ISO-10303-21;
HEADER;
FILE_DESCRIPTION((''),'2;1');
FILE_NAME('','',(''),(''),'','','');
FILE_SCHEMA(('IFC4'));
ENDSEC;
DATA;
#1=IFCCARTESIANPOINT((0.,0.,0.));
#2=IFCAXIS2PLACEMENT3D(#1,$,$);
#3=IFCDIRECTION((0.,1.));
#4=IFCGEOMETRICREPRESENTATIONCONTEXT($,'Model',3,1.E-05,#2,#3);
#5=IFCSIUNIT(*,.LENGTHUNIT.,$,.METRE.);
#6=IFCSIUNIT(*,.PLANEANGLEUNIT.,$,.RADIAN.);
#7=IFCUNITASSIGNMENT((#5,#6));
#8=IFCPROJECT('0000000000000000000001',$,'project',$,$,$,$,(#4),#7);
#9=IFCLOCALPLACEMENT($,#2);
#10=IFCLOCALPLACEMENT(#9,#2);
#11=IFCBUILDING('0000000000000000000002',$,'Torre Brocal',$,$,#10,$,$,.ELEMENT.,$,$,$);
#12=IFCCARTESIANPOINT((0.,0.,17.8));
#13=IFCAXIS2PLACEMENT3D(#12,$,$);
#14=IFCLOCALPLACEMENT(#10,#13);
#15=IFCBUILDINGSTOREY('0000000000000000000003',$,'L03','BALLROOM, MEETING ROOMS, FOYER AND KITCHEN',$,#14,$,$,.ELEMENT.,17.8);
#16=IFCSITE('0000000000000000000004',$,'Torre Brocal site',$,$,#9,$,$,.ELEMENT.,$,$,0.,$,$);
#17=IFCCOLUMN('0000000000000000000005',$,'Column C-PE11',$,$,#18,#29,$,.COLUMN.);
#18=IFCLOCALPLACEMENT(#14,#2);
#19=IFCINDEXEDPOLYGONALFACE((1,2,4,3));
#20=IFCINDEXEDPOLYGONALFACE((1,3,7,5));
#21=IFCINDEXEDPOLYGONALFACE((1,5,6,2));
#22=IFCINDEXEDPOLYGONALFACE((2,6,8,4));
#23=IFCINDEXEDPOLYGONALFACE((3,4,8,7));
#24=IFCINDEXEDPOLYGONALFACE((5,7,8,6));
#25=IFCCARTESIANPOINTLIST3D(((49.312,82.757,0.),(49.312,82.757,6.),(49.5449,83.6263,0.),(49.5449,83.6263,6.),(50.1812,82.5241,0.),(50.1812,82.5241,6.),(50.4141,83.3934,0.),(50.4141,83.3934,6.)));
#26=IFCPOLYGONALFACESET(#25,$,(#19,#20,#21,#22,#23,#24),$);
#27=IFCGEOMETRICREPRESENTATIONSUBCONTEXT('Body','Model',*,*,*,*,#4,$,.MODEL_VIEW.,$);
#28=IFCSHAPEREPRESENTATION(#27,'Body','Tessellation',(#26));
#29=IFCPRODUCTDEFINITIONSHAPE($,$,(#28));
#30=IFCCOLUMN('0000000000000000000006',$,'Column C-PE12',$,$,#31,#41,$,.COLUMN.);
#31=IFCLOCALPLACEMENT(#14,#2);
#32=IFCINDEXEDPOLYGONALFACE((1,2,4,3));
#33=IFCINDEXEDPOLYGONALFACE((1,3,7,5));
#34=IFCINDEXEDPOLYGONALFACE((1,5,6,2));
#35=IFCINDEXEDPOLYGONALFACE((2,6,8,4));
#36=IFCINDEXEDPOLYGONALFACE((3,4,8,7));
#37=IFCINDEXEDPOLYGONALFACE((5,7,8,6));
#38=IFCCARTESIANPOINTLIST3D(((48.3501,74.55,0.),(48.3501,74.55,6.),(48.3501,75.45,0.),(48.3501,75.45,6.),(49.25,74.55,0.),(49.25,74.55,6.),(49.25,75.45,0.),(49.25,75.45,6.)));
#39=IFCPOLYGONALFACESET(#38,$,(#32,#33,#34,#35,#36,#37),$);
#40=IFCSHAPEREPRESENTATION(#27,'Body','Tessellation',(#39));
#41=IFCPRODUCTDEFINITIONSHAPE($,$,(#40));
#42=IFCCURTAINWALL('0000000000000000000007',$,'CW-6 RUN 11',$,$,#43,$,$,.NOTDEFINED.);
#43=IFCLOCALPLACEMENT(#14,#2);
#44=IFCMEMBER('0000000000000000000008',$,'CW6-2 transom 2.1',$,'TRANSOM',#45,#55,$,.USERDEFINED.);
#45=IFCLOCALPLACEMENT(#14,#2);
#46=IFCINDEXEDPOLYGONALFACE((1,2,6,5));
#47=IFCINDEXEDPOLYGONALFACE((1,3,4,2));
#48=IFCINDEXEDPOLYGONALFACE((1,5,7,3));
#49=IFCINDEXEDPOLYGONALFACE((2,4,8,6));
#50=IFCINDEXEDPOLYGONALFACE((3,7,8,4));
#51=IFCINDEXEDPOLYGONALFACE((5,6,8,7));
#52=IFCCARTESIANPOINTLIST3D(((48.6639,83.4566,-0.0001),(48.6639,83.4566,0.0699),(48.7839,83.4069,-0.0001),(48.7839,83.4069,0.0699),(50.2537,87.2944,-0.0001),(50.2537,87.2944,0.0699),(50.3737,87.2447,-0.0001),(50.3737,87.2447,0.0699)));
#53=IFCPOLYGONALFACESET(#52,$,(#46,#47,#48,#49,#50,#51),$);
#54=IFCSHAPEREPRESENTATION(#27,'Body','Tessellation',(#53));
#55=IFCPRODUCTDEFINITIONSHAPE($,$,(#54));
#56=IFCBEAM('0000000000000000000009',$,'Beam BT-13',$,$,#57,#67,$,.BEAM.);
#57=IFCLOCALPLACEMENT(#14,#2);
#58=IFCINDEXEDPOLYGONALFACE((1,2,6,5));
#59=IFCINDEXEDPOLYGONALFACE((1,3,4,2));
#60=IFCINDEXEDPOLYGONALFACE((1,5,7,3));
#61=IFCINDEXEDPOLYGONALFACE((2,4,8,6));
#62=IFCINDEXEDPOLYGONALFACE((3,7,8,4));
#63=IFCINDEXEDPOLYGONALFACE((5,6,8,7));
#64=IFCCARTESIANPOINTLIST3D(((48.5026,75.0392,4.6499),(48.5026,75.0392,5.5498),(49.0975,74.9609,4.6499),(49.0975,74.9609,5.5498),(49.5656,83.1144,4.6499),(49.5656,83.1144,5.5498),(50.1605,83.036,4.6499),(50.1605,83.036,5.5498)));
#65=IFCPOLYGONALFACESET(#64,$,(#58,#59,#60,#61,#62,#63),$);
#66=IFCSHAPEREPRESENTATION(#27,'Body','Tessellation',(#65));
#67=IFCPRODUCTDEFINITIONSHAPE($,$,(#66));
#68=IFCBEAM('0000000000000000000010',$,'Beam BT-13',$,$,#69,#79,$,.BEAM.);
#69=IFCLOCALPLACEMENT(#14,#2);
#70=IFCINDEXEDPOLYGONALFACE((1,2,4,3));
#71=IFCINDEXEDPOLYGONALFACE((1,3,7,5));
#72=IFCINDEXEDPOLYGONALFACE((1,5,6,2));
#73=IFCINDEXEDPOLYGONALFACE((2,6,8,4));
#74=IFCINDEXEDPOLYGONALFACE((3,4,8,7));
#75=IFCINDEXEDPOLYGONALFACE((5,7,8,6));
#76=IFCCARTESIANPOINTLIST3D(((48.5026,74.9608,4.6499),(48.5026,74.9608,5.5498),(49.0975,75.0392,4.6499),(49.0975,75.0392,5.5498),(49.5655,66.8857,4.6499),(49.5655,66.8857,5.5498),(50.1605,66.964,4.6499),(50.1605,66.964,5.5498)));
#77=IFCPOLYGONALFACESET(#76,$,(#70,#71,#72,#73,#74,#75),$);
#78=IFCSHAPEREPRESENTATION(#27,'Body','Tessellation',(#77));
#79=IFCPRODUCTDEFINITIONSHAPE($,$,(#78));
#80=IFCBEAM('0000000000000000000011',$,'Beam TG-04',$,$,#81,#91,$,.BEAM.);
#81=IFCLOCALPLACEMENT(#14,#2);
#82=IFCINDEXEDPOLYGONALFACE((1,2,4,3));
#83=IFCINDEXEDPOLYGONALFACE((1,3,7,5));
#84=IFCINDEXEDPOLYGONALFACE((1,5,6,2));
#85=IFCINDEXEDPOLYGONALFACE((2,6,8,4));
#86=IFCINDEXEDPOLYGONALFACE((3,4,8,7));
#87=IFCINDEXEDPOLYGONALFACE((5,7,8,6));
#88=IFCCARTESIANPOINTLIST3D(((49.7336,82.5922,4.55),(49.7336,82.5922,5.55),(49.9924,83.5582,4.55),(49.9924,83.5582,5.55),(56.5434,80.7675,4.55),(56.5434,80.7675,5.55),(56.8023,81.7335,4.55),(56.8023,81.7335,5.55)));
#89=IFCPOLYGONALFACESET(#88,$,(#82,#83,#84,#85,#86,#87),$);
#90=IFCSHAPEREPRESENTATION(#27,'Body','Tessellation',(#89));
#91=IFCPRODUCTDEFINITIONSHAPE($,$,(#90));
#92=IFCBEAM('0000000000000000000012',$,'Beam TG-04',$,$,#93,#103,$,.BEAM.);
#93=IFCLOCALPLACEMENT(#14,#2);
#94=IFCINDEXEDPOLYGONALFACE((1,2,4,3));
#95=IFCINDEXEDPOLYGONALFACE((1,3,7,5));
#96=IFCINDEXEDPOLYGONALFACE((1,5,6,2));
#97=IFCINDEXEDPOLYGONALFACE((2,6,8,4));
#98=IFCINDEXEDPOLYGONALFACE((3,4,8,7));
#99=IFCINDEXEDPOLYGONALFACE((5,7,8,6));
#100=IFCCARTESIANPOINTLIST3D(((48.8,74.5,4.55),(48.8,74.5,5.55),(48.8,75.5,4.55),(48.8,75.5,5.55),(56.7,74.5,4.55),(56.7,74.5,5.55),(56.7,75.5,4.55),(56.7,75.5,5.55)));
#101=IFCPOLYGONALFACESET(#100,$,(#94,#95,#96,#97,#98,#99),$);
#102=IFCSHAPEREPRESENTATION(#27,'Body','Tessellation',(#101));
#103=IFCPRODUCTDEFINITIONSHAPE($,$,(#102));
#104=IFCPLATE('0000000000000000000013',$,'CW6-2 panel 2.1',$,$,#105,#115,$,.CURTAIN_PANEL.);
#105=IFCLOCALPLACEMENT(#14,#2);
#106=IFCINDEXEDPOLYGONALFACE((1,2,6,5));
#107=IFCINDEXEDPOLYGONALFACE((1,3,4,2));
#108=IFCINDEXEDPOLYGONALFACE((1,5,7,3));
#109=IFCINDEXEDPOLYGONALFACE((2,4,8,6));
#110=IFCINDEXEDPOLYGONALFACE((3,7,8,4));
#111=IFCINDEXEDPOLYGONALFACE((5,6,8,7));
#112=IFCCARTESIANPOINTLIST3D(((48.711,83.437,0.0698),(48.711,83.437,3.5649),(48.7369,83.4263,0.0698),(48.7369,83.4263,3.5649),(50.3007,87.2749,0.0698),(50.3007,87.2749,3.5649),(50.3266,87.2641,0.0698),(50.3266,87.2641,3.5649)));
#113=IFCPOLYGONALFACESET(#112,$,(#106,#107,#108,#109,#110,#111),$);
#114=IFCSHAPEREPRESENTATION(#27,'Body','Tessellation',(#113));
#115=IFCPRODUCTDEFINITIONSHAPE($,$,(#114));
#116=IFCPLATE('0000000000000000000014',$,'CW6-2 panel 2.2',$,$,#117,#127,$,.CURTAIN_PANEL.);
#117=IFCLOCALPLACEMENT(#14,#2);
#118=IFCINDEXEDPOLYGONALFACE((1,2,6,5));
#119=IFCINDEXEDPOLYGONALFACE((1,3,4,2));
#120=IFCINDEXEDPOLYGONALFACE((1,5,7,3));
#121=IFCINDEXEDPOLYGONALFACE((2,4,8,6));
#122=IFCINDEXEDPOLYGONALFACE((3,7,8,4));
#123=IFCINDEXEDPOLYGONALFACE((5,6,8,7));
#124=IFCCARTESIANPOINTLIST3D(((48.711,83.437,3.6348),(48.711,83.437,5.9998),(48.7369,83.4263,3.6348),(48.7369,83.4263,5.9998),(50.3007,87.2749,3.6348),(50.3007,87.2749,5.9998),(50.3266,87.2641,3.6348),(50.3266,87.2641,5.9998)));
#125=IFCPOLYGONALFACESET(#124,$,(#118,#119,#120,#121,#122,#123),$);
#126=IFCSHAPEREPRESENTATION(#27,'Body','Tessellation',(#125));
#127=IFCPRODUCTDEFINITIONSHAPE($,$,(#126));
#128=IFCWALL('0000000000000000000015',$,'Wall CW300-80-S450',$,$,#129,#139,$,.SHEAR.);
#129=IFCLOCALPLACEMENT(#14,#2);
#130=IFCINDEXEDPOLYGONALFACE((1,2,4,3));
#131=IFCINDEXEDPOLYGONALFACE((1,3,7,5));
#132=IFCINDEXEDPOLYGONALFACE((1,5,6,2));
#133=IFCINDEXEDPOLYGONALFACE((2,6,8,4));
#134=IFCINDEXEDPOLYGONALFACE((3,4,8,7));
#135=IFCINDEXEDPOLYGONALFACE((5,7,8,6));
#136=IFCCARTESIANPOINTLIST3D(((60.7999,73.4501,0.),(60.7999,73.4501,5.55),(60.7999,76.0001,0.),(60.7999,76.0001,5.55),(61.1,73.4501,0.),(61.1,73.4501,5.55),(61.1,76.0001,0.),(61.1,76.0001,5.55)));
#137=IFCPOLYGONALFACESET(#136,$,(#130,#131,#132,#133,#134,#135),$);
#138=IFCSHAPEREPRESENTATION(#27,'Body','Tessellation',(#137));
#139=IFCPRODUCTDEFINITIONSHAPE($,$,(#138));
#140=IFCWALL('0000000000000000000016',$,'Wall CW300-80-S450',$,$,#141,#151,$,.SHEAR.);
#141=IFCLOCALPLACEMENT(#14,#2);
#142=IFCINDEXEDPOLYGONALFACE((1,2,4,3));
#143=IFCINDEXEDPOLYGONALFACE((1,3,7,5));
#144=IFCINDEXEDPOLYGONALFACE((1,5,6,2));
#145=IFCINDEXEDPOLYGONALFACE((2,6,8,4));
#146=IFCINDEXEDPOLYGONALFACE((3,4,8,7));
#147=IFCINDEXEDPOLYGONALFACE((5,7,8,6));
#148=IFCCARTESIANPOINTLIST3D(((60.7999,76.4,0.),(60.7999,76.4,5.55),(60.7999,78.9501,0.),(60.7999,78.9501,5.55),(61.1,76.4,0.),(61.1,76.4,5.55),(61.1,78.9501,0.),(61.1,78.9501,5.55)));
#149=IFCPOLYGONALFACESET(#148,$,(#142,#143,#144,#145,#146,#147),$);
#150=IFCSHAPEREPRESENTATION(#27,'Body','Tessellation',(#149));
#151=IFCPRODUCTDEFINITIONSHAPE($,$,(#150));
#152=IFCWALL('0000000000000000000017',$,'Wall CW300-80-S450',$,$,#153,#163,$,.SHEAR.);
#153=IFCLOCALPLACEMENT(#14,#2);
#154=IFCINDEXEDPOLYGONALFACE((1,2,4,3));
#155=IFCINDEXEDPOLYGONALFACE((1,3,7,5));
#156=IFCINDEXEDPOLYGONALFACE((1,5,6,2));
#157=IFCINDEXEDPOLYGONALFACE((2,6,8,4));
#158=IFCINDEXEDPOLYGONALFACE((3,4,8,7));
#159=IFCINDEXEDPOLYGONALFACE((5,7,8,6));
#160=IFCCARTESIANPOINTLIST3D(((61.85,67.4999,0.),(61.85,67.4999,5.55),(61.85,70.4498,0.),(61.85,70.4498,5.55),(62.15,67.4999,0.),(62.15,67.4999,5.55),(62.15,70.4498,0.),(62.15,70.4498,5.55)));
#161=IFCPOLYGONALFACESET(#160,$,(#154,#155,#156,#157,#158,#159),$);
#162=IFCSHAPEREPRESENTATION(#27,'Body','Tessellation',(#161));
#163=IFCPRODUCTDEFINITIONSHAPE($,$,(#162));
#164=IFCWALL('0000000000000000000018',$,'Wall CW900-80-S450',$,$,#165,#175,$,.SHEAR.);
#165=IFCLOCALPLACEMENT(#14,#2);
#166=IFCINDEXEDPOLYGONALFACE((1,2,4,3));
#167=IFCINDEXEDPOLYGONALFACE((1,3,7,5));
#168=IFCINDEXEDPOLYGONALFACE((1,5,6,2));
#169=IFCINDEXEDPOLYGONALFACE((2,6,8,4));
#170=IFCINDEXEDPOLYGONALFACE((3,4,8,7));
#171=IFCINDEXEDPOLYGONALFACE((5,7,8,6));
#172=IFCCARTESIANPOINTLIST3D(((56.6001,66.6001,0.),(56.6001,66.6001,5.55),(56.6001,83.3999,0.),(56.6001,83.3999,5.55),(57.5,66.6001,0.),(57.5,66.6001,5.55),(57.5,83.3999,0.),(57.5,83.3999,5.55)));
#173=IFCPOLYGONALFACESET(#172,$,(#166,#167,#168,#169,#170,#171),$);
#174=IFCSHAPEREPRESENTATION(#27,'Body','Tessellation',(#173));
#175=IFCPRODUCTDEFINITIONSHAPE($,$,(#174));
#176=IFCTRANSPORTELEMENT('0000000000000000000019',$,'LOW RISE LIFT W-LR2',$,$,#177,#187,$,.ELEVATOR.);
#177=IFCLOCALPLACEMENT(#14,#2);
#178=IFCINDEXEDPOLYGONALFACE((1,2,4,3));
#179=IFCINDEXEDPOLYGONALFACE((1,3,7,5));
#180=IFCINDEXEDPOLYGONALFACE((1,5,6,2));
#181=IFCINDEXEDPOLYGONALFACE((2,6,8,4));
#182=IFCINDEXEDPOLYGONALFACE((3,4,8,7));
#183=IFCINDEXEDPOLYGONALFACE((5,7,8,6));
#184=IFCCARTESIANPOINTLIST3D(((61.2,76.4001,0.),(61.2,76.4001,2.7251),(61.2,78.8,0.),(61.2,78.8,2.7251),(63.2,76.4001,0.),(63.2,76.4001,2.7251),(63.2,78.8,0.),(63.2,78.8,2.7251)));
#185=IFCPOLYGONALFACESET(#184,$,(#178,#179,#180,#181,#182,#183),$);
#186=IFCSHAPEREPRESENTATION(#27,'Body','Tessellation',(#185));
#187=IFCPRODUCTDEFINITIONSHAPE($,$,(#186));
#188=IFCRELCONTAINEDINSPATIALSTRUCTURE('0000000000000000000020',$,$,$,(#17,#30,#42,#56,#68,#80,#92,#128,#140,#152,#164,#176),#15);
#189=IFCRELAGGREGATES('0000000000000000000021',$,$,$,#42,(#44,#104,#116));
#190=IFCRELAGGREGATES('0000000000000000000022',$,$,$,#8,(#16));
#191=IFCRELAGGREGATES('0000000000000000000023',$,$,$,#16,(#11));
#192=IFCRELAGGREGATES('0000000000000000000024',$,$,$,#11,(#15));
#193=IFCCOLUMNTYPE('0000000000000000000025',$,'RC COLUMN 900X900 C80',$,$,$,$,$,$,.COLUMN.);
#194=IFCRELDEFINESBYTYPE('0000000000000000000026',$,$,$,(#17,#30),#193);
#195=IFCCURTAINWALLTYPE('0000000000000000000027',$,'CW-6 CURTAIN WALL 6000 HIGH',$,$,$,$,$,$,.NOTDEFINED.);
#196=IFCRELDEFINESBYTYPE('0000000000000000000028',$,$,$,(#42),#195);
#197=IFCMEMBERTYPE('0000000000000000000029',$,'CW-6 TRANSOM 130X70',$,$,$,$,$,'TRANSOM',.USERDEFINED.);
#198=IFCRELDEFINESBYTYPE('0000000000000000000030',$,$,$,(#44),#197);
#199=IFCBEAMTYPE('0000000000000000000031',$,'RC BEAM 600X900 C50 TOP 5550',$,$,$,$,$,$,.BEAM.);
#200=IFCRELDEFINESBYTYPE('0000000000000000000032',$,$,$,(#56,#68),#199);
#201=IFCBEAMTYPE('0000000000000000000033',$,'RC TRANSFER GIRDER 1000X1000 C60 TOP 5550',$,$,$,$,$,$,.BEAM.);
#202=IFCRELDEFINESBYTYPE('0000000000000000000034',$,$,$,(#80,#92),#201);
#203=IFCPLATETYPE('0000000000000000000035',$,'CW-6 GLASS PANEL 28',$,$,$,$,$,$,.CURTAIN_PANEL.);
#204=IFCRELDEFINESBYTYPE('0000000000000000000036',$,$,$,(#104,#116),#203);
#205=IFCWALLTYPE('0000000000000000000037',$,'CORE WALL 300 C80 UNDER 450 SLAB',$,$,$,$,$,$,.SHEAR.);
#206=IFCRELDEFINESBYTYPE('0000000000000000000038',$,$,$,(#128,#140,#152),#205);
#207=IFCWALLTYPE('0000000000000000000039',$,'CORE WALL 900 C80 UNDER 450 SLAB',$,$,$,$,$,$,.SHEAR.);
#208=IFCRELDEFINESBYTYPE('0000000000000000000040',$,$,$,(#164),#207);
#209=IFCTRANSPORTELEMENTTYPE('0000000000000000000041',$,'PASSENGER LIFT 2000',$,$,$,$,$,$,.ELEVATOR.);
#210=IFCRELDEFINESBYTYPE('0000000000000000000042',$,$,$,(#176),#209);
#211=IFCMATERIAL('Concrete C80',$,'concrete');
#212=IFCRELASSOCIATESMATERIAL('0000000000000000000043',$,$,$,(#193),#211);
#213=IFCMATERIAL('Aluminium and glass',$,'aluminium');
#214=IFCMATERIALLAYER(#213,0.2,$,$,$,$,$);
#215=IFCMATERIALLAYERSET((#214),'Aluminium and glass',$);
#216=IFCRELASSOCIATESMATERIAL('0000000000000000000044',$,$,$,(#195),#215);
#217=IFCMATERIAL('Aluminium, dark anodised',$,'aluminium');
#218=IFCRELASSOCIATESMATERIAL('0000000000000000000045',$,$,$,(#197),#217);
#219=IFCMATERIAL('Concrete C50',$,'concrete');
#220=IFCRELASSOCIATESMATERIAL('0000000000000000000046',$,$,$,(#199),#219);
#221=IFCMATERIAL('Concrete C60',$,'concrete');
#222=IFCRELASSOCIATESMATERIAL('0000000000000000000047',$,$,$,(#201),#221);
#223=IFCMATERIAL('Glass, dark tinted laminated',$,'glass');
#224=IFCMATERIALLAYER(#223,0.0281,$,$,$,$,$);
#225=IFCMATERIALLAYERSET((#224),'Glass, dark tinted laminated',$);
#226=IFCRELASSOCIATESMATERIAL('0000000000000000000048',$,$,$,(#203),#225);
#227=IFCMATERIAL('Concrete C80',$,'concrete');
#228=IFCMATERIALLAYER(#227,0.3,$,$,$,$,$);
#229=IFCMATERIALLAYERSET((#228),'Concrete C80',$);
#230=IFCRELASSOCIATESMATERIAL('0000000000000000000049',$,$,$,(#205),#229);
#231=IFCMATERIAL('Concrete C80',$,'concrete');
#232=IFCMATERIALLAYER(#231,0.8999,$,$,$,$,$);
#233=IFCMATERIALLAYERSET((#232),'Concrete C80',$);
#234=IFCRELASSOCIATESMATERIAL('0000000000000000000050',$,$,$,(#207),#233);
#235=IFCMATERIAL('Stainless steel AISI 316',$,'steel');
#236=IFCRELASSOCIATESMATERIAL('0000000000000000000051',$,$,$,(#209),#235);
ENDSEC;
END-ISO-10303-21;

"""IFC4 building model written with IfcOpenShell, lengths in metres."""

from ifc_helpers import new_model, si_unit, direction, frame, frame_2d, origin, origin_2d, place, context, subcontext, project, spatial, rectangle, extrude, material, layer, layer_set, material_profile, profile_set, type_object, element, aggregate, save


model = new_model("IFC4")

# Units and contexts
model_context = context("Model", 3, precision=1e-05, world=origin(), true_north=direction((0.0, 1.0)))
body_context = subcontext(model_context, "Body", "Model", "MODEL_VIEW")
ifc_project = project(units=[si_unit("LENGTHUNIT", "METRE"), si_unit("PLANEANGLEUNIT", "RADIAN")], contexts=[model_context])

# Site, building, storey
site_placement = place(None, origin())
site = spatial("IfcSite", under=ifc_project, at=site_placement, Name="Torre Brocal site", CompositionType="ELEMENT", RefElevation=0.0)
building_placement = place(site_placement, origin())
building = spatial("IfcBuilding", under=site, at=building_placement, Name="Torre Brocal", CompositionType="ELEMENT")
storey_placement = place(building_placement, frame((0.0, 0.0, 17.8)))
storey = spatial("IfcBuildingStorey", under=building, at=storey_placement, Name="L03", Description="BALLROOM, MEETING ROOMS, FOYER AND KITCHEN", CompositionType="ELEMENT", Elevation=17.8)

# Columns
ifc_material_1 = material(Name="Concrete C80", Category="concrete")
ifc_material_profile_1 = material_profile(ifc_material_1, rectangle(XDim=0.8999, YDim=0.8999, at=origin_2d()), Name="RC 900X900")
ifc_profile_set_1 = profile_set([ifc_material_profile_1], Name="Concrete C80")
column_type = type_object("IfcColumnType", Name="RC COLUMN 900X900 C80", PredefinedType="COLUMN", material=ifc_profile_set_1)
for number, where, z_axis, x_axis, name in (
    (1, (49.863, 83.0752, 0.0), (0.0, 0.0, 1.0), (-0.965926, 0.258819, 0.0), "Column C-PE11"),
    (2, (48.8, 75.0, 0.0), (0.0, 0.0, 1.0), (-1.0, 0.0, 0.0), "Column C-PE12"),
):
    element("IfcColumn", number, at=place(storey_placement, frame(where, z_axis=z_axis, x_axis=x_axis)), inside=storey, type_object=column_type, Name=name, PredefinedType="COLUMN", context=body_context, shape_type="SweptSolid", body=[
        extrude(rectangle(XDim=0.8999, YDim=0.8999, at=origin_2d()), origin(), (0.0, 0.0, 1.0), 6.0),
    ])

# Curtain wall, member
ifc_material_2 = material(Name="Aluminium and glass", Category="aluminium")
ifc_layer_1 = layer(ifc_material_2, 0.2)
ifc_layer_set_1 = layer_set([ifc_layer_1], Name="Aluminium and glass")
curtain_wall_type = type_object("IfcCurtainWallType", Name="CW-6 CURTAIN WALL 6000 HIGH", PredefinedType="NOTDEFINED", material=ifc_layer_set_1)
curtain_wall_placement = place(storey_placement, origin())
curtain_wall = element("IfcCurtainWall", 3, at=curtain_wall_placement, inside=storey, type_object=curtain_wall_type, Name="CW-6 RUN 11", PredefinedType="NOTDEFINED")
ifc_material_3 = material(Name="Aluminium, dark anodised", Category="aluminium")
ifc_material_profile_2 = material_profile(ifc_material_3, rectangle(XDim=0.1299, YDim=0.0701, at=origin_2d()), Name="CW-6 TRANSOM 130X70")
ifc_profile_set_2 = profile_set([ifc_material_profile_2], Name="Aluminium, dark anodised")
member_type = type_object("IfcMemberType", Name="CW-6 TRANSOM 130X70", ElementType="TRANSOM", PredefinedType="USERDEFINED", material=ifc_profile_set_2)
member_placement = place(storey_placement, frame((50.3137, 87.2695, 0.0349), z_axis=(-0.382712, -0.923868, 0.0), x_axis=(0.923868, -0.382712, 0.0)))
member = element("IfcMember", 4, at=member_placement, type_object=member_type, Name="CW6-2 transom 2.1", ObjectType="TRANSOM", PredefinedType="USERDEFINED", context=body_context, shape_type="SweptSolid", body=[
    extrude(rectangle(XDim=0.1299, YDim=0.0701, at=origin_2d()), origin(), (0.0, 0.0, 1.0), 4.1541),
])

# Beams
ifc_material_4 = material(Name="Concrete C50", Category="concrete")
ifc_material_profile_3 = material_profile(ifc_material_4, rectangle(XDim=0.6001, YDim=0.8999, at=origin_2d()), Name="RC 600X900")
ifc_profile_set_3 = profile_set([ifc_material_profile_3], Name="Concrete C50")
beam_type_1 = type_object("IfcBeamType", Name="RC BEAM 600X900 C50 TOP 5550", PredefinedType="BEAM", material=ifc_profile_set_3)
for number, where, z_axis, x_axis, name in (
    (5, (49.863, 83.0752, 5.0999), (-0.13051, -0.991447, 0.0), (0.991447, -0.13051, 0.0), "Beam BT-13"),
    (6, (48.8, 75.0, 5.0999), (0.13051, -0.991447, 0.0), (0.991447, 0.13051, 0.0), "Beam BT-13"),
):
    element("IfcBeam", number, at=place(storey_placement, frame(where, z_axis=z_axis, x_axis=x_axis)), inside=storey, type_object=beam_type_1, Name=name, PredefinedType="BEAM", context=body_context, shape_type="SweptSolid", body=[
        extrude(rectangle(XDim=0.6001, YDim=0.8999, at=origin_2d()), origin(), (0.0, 0.0, 1.0), 8.1448),
    ])
ifc_material_5 = material(Name="Concrete C60", Category="concrete")
ifc_material_profile_4 = material_profile(ifc_material_5, rectangle(XDim=1.0, YDim=1.0, at=origin_2d()), Name="RC 1000X1000")
ifc_profile_set_4 = profile_set([ifc_material_profile_4], Name="Concrete C60")
beam_type_2 = type_object("IfcBeamType", Name="RC TRANSFER GIRDER 1000X1000 C60 TOP 5550", PredefinedType="BEAM", material=ifc_profile_set_4)
beam_1_placement = place(storey_placement, frame((56.6729, 81.2505, 5.05), z_axis=(-0.965925, 0.258822, 0.0), x_axis=(-0.258822, -0.965925, 0.0)))
element("IfcBeam", 7, at=beam_1_placement, inside=storey, type_object=beam_type_2, Name="Beam TG-04", PredefinedType="BEAM", context=body_context, shape_type="SweptSolid", body=[
    extrude(rectangle(XDim=1.0, YDim=1.0, at=origin_2d()), origin(), (0.0, 0.0, 1.0), 7.05),
])
beam_2_placement = place(storey_placement, frame((56.7, 75.0, 5.05), z_axis=(-1.0, 0.0, 0.0), x_axis=(0.0, -1.0, 0.0)))
element("IfcBeam", 8, at=beam_2_placement, inside=storey, type_object=beam_type_2, Name="Beam TG-04", PredefinedType="BEAM", context=body_context, shape_type="SweptSolid", body=[
    extrude(rectangle(XDim=1.0, YDim=1.0, at=origin_2d()), origin(), (0.0, 0.0, 1.0), 7.8999),
])

# Plates
ifc_material_6 = material(Name="Glass, dark tinted laminated", Category="glass")
ifc_layer_2 = layer(ifc_material_6, 0.0281)
ifc_layer_set_2 = layer_set([ifc_layer_2], Name="Glass, dark tinted laminated")
plate_type = type_object("IfcPlateType", Name="CW-6 GLASS PANEL 28", PredefinedType="CURTAIN_PANEL", material=ifc_layer_set_2)
plate_1_placement = place(storey_placement, frame((49.5188, 85.3506, 0.0698), z_axis=(0.0, 0.0, 1.0), x_axis=(-0.382683, -0.92388, 0.0)))
plate_1 = element("IfcPlate", 9, at=plate_1_placement, type_object=plate_type, Name="CW6-2 panel 2.1", PredefinedType="CURTAIN_PANEL", context=body_context, shape_type="SweptSolid", body=[
    extrude(rectangle(XDim=4.1541, YDim=0.0281, at=origin_2d()), origin(), (0.0, 0.0, 1.0), 3.4951),
])
plate_2_placement = place(storey_placement, frame((49.5188, 85.3506, 3.6348), z_axis=(0.0, 0.0, 1.0), x_axis=(-0.382683, -0.92388, 0.0)))
plate_2 = element("IfcPlate", 10, at=plate_2_placement, type_object=plate_type, Name="CW6-2 panel 2.2", PredefinedType="CURTAIN_PANEL", context=body_context, shape_type="SweptSolid", body=[
    extrude(rectangle(XDim=4.1541, YDim=0.0281, at=origin_2d()), origin(), (0.0, 0.0, 1.0), 2.365),
])
aggregate(curtain_wall, [member, plate_1, plate_2])

# Walls
ifc_material_7 = material(Name="Concrete C80", Category="concrete")
ifc_layer_3 = layer(ifc_material_7, 0.3)
ifc_layer_set_3 = layer_set([ifc_layer_3], Name="Concrete C80")
wall_type_1 = type_object("IfcWallType", Name="CORE WALL 300 C80 UNDER 450 SLAB", PredefinedType="SHEAR", material=ifc_layer_set_3)
for number, where, z_axis, x_axis, name in (
    (11, (60.95, 76.0, 0.0), (0.0, 0.0, 1.0), (0.0, -1.0, 0.0), "Wall CW300-80-S450"),
    (12, (60.95, 78.95, 0.0), (0.0, 0.0, 1.0), (0.0, -1.0, 0.0), "Wall CW300-80-S450"),
):
    element("IfcWall", number, at=place(storey_placement, frame(where, z_axis=z_axis, x_axis=x_axis)), inside=storey, type_object=wall_type_1, Name=name, PredefinedType="SHEAR", context=body_context, shape_type="SweptSolid", body=[
        extrude(rectangle(XDim=2.55, YDim=0.3, at=frame_2d((1.2749, 0.0))), origin(), (0.0, 0.0, 1.0), 5.55),
    ])
wall_1_placement = place(storey_placement, frame((62.0, 70.45, 0.0), z_axis=(0.0, 0.0, 1.0), x_axis=(0.0, -1.0, 0.0)))
element("IfcWall", 13, at=wall_1_placement, inside=storey, type_object=wall_type_1, Name="Wall CW300-80-S450", PredefinedType="SHEAR", context=body_context, shape_type="SweptSolid", body=[
    extrude(rectangle(XDim=2.95, YDim=0.3, at=frame_2d((1.4751, 0.0))), origin(), (0.0, 0.0, 1.0), 5.55),
])
ifc_material_8 = material(Name="Concrete C80", Category="concrete")
ifc_layer_4 = layer(ifc_material_8, 0.8999)
ifc_layer_set_4 = layer_set([ifc_layer_4], Name="Concrete C80")
wall_type_2 = type_object("IfcWallType", Name="CORE WALL 900 C80 UNDER 450 SLAB", PredefinedType="SHEAR", material=ifc_layer_set_4)
wall_2_placement = place(storey_placement, frame((57.05, 83.3999, 0.0), z_axis=(0.0, 0.0, 1.0), x_axis=(0.0, -1.0, 0.0)))
element("IfcWall", 14, at=wall_2_placement, inside=storey, type_object=wall_type_2, Name="Wall CW900-80-S450", PredefinedType="SHEAR", context=body_context, shape_type="SweptSolid", body=[
    extrude(rectangle(XDim=16.7998, YDim=0.8999, at=frame_2d((8.3999, 0.0))), origin(), (0.0, 0.0, 1.0), 5.55),
])

# Transport element
ifc_material_9 = material(Name="Stainless steel AISI 316", Category="steel")
transport_element_type_1 = type_object("IfcTransportElementType", Name="PASSENGER LIFT 2000", PredefinedType="ELEVATOR", material=ifc_material_9)
transport_element_placement = place(storey_placement, frame((62.2, 77.6001, 0.0), z_axis=(0.0, 0.0, 1.0), x_axis=(1.0, 0.0, 0.0)))
element("IfcTransportElement", 15, at=transport_element_placement, inside=storey, type_object=transport_element_type_1, Name="LOW RISE LIFT W-LR2", PredefinedType="ELEVATOR", context=body_context, shape_type="SweptSolid", body=[
    extrude(rectangle(XDim=2.0, YDim=2.3999, at=origin_2d()), origin(), (0.0, 0.0, 1.0), 2.7251),
])

save(model, "model.ifc")
